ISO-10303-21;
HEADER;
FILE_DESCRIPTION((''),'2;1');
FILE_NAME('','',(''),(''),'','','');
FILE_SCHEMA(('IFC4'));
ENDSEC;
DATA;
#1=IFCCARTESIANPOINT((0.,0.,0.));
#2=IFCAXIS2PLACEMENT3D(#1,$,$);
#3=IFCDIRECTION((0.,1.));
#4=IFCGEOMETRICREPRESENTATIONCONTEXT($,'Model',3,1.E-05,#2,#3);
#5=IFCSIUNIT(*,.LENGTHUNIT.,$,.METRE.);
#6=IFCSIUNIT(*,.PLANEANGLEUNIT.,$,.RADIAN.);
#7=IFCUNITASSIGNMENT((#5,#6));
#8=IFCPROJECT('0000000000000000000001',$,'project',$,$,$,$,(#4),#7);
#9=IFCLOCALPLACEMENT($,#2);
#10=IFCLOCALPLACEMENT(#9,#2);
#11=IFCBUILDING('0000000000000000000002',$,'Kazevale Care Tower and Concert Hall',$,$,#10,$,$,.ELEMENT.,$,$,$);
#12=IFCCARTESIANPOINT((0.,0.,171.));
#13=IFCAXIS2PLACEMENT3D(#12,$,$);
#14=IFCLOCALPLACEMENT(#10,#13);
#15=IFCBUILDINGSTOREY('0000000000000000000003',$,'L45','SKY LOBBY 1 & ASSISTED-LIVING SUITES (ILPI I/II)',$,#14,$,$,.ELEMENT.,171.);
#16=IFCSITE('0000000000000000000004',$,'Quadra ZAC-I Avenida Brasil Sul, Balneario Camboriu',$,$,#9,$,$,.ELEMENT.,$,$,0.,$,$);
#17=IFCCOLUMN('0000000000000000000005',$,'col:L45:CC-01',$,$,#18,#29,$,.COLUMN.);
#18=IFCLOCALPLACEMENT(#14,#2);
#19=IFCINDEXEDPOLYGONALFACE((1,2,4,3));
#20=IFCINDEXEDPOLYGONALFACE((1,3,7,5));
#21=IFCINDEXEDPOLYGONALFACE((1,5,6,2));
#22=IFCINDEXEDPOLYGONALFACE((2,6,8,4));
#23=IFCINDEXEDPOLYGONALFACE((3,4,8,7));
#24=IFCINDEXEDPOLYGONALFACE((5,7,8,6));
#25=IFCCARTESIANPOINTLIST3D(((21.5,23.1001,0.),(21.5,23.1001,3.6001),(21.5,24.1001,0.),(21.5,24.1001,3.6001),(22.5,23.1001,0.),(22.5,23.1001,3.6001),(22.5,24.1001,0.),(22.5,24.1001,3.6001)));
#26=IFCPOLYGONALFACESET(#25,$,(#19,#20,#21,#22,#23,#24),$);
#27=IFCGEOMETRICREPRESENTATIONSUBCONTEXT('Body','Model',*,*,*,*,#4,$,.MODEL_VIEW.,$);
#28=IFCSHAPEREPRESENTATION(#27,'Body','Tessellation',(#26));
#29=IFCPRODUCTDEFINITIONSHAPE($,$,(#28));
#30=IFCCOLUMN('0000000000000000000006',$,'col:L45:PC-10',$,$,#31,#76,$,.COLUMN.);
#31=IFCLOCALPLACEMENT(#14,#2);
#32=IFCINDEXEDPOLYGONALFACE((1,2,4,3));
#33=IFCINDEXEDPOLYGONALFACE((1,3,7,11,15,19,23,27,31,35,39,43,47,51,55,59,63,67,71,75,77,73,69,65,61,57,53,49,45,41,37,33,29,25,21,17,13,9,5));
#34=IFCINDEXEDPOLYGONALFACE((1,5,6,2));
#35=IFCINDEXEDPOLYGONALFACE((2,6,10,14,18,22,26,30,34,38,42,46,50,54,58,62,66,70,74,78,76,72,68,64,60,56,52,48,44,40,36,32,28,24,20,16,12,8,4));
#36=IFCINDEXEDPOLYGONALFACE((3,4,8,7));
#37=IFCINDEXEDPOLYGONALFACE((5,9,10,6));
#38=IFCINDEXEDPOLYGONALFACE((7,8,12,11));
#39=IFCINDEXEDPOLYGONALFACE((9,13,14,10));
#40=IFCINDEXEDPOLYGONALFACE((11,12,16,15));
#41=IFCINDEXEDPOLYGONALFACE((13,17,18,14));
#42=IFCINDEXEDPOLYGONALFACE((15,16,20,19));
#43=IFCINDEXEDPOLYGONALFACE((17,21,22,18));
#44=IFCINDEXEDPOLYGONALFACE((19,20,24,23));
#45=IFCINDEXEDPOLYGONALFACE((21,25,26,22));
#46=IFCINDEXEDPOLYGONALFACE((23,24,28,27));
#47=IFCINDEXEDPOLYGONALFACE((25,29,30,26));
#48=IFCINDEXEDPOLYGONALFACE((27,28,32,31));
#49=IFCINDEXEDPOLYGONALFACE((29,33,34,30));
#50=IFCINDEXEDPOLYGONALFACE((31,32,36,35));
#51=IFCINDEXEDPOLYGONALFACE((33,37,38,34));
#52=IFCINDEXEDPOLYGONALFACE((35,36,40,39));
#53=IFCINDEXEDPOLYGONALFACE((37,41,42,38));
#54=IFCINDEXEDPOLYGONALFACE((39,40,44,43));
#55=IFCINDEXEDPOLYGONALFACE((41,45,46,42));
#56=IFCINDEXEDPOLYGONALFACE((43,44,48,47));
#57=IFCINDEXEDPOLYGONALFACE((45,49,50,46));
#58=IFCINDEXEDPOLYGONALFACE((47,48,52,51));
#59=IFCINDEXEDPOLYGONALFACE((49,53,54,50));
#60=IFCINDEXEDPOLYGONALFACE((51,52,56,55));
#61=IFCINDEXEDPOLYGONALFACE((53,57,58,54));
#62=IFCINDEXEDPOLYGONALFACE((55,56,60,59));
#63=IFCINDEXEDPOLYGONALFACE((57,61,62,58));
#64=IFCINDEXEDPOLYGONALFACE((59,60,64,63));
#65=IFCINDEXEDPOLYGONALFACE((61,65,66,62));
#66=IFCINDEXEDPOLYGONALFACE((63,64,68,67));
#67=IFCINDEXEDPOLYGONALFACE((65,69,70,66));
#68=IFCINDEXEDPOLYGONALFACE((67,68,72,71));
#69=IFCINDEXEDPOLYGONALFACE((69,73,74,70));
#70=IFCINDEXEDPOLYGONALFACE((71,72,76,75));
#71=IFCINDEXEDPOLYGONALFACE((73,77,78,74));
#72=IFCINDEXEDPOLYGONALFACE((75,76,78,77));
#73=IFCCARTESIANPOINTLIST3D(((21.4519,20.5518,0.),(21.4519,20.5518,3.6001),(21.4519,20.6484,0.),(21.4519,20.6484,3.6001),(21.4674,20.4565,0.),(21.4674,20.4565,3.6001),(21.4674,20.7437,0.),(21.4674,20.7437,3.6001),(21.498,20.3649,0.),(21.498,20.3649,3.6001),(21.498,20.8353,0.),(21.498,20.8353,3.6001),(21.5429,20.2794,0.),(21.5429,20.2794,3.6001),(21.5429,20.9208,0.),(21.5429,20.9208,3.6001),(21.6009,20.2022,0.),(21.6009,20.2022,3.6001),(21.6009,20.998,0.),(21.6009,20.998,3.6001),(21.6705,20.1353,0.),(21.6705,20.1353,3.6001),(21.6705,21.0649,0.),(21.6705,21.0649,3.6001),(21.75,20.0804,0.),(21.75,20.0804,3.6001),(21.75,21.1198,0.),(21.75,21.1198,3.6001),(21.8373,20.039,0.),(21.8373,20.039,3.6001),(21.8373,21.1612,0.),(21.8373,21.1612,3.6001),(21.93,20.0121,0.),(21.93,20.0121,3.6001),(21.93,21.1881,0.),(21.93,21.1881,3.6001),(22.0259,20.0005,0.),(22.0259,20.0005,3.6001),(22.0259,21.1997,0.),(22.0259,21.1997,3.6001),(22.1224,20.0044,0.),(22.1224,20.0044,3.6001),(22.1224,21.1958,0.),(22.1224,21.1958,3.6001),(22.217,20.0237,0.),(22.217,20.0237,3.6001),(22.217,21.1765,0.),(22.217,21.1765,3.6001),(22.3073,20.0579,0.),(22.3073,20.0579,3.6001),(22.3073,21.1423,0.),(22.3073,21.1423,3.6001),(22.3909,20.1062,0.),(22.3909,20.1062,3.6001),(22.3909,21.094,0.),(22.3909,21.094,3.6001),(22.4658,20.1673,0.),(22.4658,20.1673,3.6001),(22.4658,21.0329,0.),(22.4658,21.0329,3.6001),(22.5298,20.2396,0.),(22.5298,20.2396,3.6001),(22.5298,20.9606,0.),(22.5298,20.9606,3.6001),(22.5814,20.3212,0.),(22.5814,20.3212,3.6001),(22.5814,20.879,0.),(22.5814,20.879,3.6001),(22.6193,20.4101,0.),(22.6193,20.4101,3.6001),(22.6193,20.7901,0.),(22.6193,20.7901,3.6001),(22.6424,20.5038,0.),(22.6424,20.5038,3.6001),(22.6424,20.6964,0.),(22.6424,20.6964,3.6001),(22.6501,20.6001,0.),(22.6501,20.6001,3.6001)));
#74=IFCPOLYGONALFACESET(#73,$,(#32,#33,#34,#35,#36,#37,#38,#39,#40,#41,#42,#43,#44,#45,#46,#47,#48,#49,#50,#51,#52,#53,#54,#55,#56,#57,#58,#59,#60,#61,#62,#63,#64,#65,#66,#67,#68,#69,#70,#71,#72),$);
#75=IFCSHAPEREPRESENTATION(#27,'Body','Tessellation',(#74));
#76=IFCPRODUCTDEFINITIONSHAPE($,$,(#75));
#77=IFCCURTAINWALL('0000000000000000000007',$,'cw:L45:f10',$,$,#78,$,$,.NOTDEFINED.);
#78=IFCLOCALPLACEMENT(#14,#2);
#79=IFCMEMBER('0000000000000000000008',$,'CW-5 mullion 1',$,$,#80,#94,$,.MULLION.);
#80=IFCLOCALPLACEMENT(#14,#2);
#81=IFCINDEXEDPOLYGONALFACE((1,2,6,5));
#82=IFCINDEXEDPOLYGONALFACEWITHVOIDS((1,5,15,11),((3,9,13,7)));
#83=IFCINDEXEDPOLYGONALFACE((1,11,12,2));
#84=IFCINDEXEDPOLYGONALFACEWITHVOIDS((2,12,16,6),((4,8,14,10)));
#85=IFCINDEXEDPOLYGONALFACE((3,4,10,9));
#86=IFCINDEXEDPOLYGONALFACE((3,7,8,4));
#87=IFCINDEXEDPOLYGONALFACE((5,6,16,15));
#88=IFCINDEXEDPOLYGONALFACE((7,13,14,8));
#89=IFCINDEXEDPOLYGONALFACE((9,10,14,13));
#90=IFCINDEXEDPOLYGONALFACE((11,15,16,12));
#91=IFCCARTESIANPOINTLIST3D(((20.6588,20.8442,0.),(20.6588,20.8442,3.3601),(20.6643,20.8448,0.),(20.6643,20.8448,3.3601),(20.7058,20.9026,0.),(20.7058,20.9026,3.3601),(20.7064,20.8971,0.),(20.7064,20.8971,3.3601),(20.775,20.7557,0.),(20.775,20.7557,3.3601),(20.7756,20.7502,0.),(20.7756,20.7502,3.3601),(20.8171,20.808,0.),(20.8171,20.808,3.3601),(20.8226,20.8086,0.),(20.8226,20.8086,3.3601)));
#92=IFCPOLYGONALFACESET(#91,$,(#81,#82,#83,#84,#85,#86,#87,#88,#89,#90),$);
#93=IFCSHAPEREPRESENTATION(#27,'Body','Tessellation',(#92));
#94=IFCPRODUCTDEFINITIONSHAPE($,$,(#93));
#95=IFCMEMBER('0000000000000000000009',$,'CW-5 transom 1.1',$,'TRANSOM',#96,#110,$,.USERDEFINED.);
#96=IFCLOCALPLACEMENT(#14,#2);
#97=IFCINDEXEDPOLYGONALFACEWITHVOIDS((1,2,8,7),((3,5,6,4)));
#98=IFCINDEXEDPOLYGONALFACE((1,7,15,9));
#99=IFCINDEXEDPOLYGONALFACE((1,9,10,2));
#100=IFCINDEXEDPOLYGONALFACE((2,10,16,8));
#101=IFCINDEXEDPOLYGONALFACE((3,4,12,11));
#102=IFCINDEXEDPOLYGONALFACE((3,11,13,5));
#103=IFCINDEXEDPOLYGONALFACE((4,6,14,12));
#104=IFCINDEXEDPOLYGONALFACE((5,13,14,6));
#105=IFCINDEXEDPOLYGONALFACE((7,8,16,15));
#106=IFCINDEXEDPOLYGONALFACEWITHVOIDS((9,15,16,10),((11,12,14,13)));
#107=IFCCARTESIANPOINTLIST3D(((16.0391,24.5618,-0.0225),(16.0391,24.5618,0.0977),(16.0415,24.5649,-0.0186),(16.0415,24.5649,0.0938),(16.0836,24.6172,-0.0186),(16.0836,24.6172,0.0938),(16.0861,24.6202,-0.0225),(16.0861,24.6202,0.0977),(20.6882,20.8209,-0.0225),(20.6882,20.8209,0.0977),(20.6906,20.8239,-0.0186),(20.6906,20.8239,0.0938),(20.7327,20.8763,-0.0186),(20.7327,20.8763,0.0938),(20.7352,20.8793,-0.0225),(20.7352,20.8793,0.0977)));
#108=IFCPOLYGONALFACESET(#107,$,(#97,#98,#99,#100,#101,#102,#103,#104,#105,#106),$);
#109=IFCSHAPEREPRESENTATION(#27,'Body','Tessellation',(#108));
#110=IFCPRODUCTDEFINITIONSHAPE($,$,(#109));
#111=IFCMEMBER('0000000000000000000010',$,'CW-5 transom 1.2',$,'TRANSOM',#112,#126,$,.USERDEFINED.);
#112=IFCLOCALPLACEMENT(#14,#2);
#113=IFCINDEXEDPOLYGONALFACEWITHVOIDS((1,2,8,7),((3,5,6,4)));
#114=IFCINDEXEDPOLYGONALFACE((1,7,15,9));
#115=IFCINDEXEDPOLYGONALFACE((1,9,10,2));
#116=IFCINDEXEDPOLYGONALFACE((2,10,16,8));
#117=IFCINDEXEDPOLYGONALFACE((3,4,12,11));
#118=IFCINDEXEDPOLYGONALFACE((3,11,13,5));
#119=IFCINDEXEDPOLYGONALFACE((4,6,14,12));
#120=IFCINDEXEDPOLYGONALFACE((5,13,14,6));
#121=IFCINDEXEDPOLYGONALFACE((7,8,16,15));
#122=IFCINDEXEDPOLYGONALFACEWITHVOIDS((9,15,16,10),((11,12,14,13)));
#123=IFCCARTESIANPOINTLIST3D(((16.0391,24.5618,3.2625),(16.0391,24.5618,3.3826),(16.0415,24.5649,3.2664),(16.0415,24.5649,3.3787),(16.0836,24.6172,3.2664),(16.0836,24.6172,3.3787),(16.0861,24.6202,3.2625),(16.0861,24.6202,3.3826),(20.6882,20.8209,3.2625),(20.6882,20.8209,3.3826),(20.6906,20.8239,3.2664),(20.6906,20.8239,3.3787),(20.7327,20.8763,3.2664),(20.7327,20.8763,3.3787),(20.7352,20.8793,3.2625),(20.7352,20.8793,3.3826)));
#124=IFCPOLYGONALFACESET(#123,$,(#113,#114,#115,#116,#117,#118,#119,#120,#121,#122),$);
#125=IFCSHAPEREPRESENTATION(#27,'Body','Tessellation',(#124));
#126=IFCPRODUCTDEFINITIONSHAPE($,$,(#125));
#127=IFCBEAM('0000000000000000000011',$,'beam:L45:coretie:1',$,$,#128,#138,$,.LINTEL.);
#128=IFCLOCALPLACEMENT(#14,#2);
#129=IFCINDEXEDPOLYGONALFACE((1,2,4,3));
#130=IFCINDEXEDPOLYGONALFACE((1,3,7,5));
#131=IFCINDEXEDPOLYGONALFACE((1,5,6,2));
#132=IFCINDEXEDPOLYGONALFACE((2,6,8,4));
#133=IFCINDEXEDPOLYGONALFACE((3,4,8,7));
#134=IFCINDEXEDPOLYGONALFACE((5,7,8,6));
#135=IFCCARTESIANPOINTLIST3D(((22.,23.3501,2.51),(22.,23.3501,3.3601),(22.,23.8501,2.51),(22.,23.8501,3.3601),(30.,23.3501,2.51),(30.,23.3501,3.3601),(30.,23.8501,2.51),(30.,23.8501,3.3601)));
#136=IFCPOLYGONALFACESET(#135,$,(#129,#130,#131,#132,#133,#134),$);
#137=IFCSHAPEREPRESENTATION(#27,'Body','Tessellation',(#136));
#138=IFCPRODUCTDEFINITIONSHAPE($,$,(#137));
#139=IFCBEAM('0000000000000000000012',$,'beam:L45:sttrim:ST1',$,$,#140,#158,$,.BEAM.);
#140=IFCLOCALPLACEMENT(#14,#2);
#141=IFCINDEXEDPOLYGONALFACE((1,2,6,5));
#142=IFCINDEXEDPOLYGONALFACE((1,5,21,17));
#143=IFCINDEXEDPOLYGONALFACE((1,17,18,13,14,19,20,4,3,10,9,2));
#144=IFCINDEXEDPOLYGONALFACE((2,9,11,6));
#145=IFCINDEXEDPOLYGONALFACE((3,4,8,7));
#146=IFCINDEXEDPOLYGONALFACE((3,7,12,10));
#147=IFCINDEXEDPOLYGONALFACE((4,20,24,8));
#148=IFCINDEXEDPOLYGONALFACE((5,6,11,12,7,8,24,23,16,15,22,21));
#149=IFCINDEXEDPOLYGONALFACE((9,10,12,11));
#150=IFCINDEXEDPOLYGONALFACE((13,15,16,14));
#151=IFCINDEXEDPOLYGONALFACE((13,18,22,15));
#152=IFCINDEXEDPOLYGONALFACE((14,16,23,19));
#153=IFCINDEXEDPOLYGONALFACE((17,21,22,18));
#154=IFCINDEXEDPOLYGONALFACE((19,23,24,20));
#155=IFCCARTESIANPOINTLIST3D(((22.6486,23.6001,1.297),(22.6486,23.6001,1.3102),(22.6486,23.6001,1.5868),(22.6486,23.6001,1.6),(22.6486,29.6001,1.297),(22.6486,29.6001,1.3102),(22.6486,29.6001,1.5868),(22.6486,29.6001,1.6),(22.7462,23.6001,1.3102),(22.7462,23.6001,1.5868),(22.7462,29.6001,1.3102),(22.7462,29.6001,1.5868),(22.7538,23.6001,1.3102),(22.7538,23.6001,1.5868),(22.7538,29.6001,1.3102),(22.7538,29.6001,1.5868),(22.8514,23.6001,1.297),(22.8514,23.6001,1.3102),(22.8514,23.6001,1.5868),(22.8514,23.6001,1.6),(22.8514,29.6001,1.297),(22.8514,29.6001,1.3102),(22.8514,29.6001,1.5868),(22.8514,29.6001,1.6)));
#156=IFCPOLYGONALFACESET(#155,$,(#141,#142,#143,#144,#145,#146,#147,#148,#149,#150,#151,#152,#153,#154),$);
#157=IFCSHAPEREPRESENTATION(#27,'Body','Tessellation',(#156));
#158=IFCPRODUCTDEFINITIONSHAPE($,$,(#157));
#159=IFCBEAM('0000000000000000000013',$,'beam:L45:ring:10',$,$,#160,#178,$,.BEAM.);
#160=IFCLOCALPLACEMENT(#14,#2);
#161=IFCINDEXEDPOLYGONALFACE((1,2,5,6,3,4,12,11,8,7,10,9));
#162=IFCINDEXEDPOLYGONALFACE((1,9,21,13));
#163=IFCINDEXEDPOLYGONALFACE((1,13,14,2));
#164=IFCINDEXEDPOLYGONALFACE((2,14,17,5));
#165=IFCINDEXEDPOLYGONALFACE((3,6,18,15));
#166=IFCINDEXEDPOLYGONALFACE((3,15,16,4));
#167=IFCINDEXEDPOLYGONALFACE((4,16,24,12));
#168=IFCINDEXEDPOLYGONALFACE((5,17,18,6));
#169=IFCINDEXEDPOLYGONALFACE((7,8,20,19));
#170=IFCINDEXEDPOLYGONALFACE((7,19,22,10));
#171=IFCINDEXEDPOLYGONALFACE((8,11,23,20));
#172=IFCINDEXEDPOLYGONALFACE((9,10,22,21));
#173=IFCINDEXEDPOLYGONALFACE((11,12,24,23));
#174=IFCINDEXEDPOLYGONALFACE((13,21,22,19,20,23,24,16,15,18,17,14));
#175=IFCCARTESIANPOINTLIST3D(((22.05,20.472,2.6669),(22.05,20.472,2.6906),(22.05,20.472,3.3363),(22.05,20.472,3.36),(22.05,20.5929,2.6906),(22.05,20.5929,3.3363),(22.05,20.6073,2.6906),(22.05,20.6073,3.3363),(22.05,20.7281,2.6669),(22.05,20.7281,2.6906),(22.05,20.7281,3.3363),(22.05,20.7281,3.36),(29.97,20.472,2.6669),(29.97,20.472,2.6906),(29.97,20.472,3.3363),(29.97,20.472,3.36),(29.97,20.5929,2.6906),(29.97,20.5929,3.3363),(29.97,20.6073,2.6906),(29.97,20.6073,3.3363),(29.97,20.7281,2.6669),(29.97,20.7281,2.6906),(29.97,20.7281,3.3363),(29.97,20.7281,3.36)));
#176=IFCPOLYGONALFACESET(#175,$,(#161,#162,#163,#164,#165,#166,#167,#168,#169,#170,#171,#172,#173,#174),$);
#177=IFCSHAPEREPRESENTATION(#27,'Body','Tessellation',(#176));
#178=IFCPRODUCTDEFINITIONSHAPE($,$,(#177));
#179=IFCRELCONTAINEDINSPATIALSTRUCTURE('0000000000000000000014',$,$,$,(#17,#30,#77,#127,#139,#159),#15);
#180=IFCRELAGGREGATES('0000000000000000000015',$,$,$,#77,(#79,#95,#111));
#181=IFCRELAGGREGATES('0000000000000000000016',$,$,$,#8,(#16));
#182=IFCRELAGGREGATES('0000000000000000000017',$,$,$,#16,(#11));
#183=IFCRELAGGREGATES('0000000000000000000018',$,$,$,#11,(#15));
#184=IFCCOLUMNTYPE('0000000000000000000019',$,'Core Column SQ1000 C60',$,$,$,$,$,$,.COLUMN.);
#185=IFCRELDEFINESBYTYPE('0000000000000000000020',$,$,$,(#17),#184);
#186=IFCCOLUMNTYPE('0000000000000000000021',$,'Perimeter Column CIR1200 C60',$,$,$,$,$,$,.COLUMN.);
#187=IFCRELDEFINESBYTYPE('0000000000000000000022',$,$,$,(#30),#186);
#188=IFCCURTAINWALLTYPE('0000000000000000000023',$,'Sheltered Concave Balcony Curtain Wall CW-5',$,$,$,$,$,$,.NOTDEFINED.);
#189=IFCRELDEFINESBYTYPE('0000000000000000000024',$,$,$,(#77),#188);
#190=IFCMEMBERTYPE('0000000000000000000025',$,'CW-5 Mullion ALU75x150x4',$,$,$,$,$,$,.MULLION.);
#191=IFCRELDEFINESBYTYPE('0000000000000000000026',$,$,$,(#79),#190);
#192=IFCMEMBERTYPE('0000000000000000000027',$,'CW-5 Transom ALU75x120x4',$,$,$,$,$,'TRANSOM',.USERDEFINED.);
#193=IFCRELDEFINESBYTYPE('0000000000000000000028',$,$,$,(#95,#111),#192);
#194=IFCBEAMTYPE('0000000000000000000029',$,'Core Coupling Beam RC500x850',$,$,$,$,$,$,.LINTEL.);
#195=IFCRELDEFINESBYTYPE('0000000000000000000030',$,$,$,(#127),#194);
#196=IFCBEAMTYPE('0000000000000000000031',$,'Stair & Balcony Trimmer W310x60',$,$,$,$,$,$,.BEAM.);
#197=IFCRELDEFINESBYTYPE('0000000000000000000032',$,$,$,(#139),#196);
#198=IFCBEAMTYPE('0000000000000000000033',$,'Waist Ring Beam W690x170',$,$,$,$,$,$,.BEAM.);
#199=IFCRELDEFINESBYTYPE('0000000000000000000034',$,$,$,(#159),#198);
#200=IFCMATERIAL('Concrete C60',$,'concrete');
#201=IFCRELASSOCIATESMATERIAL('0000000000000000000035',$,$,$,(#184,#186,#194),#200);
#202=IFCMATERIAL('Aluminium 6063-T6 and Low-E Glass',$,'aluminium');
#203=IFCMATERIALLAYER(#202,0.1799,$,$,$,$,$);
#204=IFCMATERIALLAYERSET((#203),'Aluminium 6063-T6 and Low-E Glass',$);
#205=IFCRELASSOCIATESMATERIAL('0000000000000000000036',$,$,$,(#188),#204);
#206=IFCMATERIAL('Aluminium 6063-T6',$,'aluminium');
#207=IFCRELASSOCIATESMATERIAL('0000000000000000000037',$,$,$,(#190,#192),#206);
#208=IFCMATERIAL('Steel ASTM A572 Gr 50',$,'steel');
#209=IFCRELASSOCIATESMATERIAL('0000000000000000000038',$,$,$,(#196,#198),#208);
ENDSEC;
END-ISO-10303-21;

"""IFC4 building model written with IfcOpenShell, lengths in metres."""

from ifc_helpers import new_model, si_unit, direction, frame, origin, origin_2d, place, context, subcontext, project, spatial, rectangle, hollow_rectangle, circle, i_section, extrude, material, layer, layer_set, material_profile, profile_set, type_object, element, aggregate, save


model = new_model("IFC4")

# Units and contexts
model_context = context("Model", 3, precision=1e-05, world=origin(), true_north=direction((0.0, 1.0)))
body_context = subcontext(model_context, "Body", "Model", "MODEL_VIEW")
ifc_project = project(units=[si_unit("LENGTHUNIT", "METRE"), si_unit("PLANEANGLEUNIT", "RADIAN")], contexts=[model_context])

# Site, building, storey
site_placement = place(None, origin())
site = spatial("IfcSite", under=ifc_project, at=site_placement, Name="Quadra ZAC-I Avenida Brasil Sul, Balneario Camboriu", CompositionType="ELEMENT", RefElevation=0.0)
building_placement = place(site_placement, origin())
building = spatial("IfcBuilding", under=site, at=building_placement, Name="Kazevale Care Tower and Concert Hall", CompositionType="ELEMENT")
storey_placement = place(building_placement, frame((0.0, 0.0, 171.0)))
storey = spatial("IfcBuildingStorey", under=building, at=storey_placement, Name="L45", Description="SKY LOBBY 1 & ASSISTED-LIVING SUITES (ILPI I/II)", CompositionType="ELEMENT", Elevation=171.0)

# Columns
ifc_material_1 = material(Name="Concrete C60", Category="concrete")
ifc_material_profile_1 = material_profile(ifc_material_1, rectangle(XDim=1.0, YDim=1.0, at=origin_2d()), Name="RC-SQ1000")
ifc_profile_set_1 = profile_set([ifc_material_profile_1], Name="Concrete C60")
column_type_1 = type_object("IfcColumnType", Name="Core Column SQ1000 C60", PredefinedType="COLUMN", material=ifc_profile_set_1)
column_1_placement = place(storey_placement, frame((22.0, 23.6001, 0.0), z_axis=(0.0, 0.0, 1.0), x_axis=(1.0, 0.0, 0.0)))
element("IfcColumn", 1, at=column_1_placement, inside=storey, type_object=column_type_1, Name="col:L45:CC-01", PredefinedType="COLUMN", context=body_context, shape_type="SweptSolid", body=[
    extrude(rectangle(XDim=1.0, YDim=1.0, at=origin_2d()), origin(), (0.0, 0.0, 1.0), 3.6001),
])
ifc_material_profile_2 = material_profile(ifc_material_1, circle(Radius=0.6001, at=origin_2d()), Name="RC-CIR1200")
ifc_profile_set_2 = profile_set([ifc_material_profile_2], Name="Concrete C60")
column_type_2 = type_object("IfcColumnType", Name="Perimeter Column CIR1200 C60", PredefinedType="COLUMN", material=ifc_profile_set_2)
column_2_placement = place(storey_placement, frame((22.05, 20.6001, 0.0), z_axis=(0.0, 0.0, 1.0), x_axis=(1.0, 0.0, 0.0)))
element("IfcColumn", 2, at=column_2_placement, inside=storey, type_object=column_type_2, Name="col:L45:PC-10", PredefinedType="COLUMN", context=body_context, shape_type="SweptSolid", body=[
    extrude(circle(Radius=0.6001, at=origin_2d()), origin(), (0.0, 0.0, 1.0), 3.6001),
])

# Curtain wall, members
ifc_material_2 = material(Name="Aluminium 6063-T6 and Low-E Glass", Category="aluminium")
ifc_layer_1 = layer(ifc_material_2, 0.1799)
ifc_layer_set_1 = layer_set([ifc_layer_1], Name="Aluminium 6063-T6 and Low-E Glass")
curtain_wall_type = type_object("IfcCurtainWallType", Name="Sheltered Concave Balcony Curtain Wall CW-5", PredefinedType="NOTDEFINED", material=ifc_layer_set_1)
curtain_wall_placement = place(storey_placement, origin())
curtain_wall = element("IfcCurtainWall", 3, at=curtain_wall_placement, inside=storey, type_object=curtain_wall_type, Name="cw:L45:f10", PredefinedType="NOTDEFINED")
ifc_material_3 = material(Name="Aluminium 6063-T6", Category="aluminium")
ifc_material_profile_3 = material_profile(ifc_material_3, hollow_rectangle(XDim=0.075, YDim=0.1499, WallThickness=0.0039, at=origin_2d()), Name="ALU75x150x4")
ifc_profile_set_3 = profile_set([ifc_material_profile_3], Name="Aluminium 6063-T6")
member_type_1 = type_object("IfcMemberType", Name="CW-5 Mullion ALU75x150x4", PredefinedType="MULLION", material=ifc_profile_set_3)
member_1_placement = place(storey_placement, frame((20.7407, 20.8264, 0.0), z_axis=(0.0, 0.0, 1.0), x_axis=(-0.626905, -0.779095, 0.0)))
member_1 = element("IfcMember", 4, at=member_1_placement, type_object=member_type_1, Name="CW-5 mullion 1", PredefinedType="MULLION", context=body_context, shape_type="SweptSolid", body=[
    extrude(hollow_rectangle(XDim=0.075, YDim=0.1499, WallThickness=0.0039, at=origin_2d()), origin(), (0.0, 0.0, 1.0), 3.3601),
])
ifc_material_profile_4 = material_profile(ifc_material_3, hollow_rectangle(XDim=0.075, YDim=0.1201, WallThickness=0.0039, at=origin_2d()), Name="ALU75x120x4")
ifc_profile_set_4 = profile_set([ifc_material_profile_4], Name="Aluminium 6063-T6")
member_type_2 = type_object("IfcMemberType", Name="CW-5 Transom ALU75x120x4", ElementType="TRANSOM", PredefinedType="USERDEFINED", material=ifc_profile_set_4)
member_2_placement = place(storey_placement, frame((20.7117, 20.8501, 0.0376), z_axis=(-0.779097, 0.626903, 0.0), x_axis=(-0.626903, -0.779097, 0.0)))
member_2 = element("IfcMember", 5, at=member_2_placement, type_object=member_type_2, Name="CW-5 transom 1.1", ObjectType="TRANSOM", PredefinedType="USERDEFINED", context=body_context, shape_type="SweptSolid", body=[
    extrude(hollow_rectangle(XDim=0.075, YDim=0.1201, WallThickness=0.0039, at=origin_2d()), origin(), (0.0, 0.0, 1.0), 5.9673),
])
member_3_placement = place(storey_placement, frame((20.7117, 20.8501, 3.3225), z_axis=(-0.779097, 0.626903, 0.0), x_axis=(-0.626903, -0.779097, 0.0)))
member_3 = element("IfcMember", 6, at=member_3_placement, type_object=member_type_2, Name="CW-5 transom 1.2", ObjectType="TRANSOM", PredefinedType="USERDEFINED", context=body_context, shape_type="SweptSolid", body=[
    extrude(hollow_rectangle(XDim=0.075, YDim=0.1201, WallThickness=0.0039, at=origin_2d()), origin(), (0.0, 0.0, 1.0), 5.9673),
])

# Beams
ifc_material_profile_5 = material_profile(ifc_material_1, rectangle(XDim=0.5, YDim=0.8501, at=origin_2d()), Name="RC-B500x850")
ifc_profile_set_5 = profile_set([ifc_material_profile_5], Name="Concrete C60")
beam_type_1 = type_object("IfcBeamType", Name="Core Coupling Beam RC500x850", PredefinedType="LINTEL", material=ifc_profile_set_5)
beam_1_placement = place(storey_placement, frame((22.0, 23.6001, 2.9351), z_axis=(1.0, 0.0, 0.0), x_axis=(0.0, 1.0, 0.0)))
element("IfcBeam", 7, at=beam_1_placement, inside=storey, type_object=beam_type_1, Name="beam:L45:coretie:1", PredefinedType="LINTEL", context=body_context, shape_type="SweptSolid", body=[
    extrude(rectangle(XDim=0.5, YDim=0.8501, at=origin_2d()), origin(), (0.0, 0.0, 1.0), 8.0),
])
ifc_material_4 = material(Name="Steel ASTM A572 Gr 50", Category="steel")
ifc_material_profile_6 = material_profile(ifc_material_4, i_section(OverallWidth=0.2029, OverallDepth=0.303, WebThickness=0.0076, FlangeThickness=0.0132, at=origin_2d()), Name="W310x60")
ifc_profile_set_6 = profile_set([ifc_material_profile_6], Name="Steel ASTM A572 Gr 50")
beam_type_2 = type_object("IfcBeamType", Name="Stair & Balcony Trimmer W310x60", PredefinedType="BEAM", material=ifc_profile_set_6)
beam_2_placement = place(storey_placement, frame((22.75, 23.6001, 1.4485), z_axis=(0.0, 1.0, 0.0), x_axis=(-1.0, 0.0, 0.0)))
element("IfcBeam", 8, at=beam_2_placement, inside=storey, type_object=beam_type_2, Name="beam:L45:sttrim:ST1", PredefinedType="BEAM", context=body_context, shape_type="SweptSolid", body=[
    extrude(i_section(OverallWidth=0.2029, OverallDepth=0.303, WebThickness=0.0076, FlangeThickness=0.0132, at=origin_2d()), origin(), (0.0, 0.0, 1.0), 6.0),
])
ifc_material_profile_7 = material_profile(ifc_material_4, i_section(OverallWidth=0.2561, OverallDepth=0.6931, WebThickness=0.0144, FlangeThickness=0.0237, at=origin_2d()), Name="W690x170")
ifc_profile_set_7 = profile_set([ifc_material_profile_7], Name="Steel ASTM A572 Gr 50")
beam_type_3 = type_object("IfcBeamType", Name="Waist Ring Beam W690x170", PredefinedType="BEAM", material=ifc_profile_set_7)
beam_3_placement = place(storey_placement, frame((22.05, 20.6001, 3.0134), z_axis=(1.0, 0.0, 0.0), x_axis=(0.0, 1.0, 0.0)))
element("IfcBeam", 9, at=beam_3_placement, inside=storey, type_object=beam_type_3, Name="beam:L45:ring:10", PredefinedType="BEAM", context=body_context, shape_type="SweptSolid", body=[
    extrude(i_section(OverallWidth=0.2561, OverallDepth=0.6931, WebThickness=0.0144, FlangeThickness=0.0237, at=origin_2d()), origin(), (0.0, 0.0, 1.0), 7.9199),
])

aggregate(curtain_wall, [member_1, member_2, member_3])

save(model, "model.ifc")
